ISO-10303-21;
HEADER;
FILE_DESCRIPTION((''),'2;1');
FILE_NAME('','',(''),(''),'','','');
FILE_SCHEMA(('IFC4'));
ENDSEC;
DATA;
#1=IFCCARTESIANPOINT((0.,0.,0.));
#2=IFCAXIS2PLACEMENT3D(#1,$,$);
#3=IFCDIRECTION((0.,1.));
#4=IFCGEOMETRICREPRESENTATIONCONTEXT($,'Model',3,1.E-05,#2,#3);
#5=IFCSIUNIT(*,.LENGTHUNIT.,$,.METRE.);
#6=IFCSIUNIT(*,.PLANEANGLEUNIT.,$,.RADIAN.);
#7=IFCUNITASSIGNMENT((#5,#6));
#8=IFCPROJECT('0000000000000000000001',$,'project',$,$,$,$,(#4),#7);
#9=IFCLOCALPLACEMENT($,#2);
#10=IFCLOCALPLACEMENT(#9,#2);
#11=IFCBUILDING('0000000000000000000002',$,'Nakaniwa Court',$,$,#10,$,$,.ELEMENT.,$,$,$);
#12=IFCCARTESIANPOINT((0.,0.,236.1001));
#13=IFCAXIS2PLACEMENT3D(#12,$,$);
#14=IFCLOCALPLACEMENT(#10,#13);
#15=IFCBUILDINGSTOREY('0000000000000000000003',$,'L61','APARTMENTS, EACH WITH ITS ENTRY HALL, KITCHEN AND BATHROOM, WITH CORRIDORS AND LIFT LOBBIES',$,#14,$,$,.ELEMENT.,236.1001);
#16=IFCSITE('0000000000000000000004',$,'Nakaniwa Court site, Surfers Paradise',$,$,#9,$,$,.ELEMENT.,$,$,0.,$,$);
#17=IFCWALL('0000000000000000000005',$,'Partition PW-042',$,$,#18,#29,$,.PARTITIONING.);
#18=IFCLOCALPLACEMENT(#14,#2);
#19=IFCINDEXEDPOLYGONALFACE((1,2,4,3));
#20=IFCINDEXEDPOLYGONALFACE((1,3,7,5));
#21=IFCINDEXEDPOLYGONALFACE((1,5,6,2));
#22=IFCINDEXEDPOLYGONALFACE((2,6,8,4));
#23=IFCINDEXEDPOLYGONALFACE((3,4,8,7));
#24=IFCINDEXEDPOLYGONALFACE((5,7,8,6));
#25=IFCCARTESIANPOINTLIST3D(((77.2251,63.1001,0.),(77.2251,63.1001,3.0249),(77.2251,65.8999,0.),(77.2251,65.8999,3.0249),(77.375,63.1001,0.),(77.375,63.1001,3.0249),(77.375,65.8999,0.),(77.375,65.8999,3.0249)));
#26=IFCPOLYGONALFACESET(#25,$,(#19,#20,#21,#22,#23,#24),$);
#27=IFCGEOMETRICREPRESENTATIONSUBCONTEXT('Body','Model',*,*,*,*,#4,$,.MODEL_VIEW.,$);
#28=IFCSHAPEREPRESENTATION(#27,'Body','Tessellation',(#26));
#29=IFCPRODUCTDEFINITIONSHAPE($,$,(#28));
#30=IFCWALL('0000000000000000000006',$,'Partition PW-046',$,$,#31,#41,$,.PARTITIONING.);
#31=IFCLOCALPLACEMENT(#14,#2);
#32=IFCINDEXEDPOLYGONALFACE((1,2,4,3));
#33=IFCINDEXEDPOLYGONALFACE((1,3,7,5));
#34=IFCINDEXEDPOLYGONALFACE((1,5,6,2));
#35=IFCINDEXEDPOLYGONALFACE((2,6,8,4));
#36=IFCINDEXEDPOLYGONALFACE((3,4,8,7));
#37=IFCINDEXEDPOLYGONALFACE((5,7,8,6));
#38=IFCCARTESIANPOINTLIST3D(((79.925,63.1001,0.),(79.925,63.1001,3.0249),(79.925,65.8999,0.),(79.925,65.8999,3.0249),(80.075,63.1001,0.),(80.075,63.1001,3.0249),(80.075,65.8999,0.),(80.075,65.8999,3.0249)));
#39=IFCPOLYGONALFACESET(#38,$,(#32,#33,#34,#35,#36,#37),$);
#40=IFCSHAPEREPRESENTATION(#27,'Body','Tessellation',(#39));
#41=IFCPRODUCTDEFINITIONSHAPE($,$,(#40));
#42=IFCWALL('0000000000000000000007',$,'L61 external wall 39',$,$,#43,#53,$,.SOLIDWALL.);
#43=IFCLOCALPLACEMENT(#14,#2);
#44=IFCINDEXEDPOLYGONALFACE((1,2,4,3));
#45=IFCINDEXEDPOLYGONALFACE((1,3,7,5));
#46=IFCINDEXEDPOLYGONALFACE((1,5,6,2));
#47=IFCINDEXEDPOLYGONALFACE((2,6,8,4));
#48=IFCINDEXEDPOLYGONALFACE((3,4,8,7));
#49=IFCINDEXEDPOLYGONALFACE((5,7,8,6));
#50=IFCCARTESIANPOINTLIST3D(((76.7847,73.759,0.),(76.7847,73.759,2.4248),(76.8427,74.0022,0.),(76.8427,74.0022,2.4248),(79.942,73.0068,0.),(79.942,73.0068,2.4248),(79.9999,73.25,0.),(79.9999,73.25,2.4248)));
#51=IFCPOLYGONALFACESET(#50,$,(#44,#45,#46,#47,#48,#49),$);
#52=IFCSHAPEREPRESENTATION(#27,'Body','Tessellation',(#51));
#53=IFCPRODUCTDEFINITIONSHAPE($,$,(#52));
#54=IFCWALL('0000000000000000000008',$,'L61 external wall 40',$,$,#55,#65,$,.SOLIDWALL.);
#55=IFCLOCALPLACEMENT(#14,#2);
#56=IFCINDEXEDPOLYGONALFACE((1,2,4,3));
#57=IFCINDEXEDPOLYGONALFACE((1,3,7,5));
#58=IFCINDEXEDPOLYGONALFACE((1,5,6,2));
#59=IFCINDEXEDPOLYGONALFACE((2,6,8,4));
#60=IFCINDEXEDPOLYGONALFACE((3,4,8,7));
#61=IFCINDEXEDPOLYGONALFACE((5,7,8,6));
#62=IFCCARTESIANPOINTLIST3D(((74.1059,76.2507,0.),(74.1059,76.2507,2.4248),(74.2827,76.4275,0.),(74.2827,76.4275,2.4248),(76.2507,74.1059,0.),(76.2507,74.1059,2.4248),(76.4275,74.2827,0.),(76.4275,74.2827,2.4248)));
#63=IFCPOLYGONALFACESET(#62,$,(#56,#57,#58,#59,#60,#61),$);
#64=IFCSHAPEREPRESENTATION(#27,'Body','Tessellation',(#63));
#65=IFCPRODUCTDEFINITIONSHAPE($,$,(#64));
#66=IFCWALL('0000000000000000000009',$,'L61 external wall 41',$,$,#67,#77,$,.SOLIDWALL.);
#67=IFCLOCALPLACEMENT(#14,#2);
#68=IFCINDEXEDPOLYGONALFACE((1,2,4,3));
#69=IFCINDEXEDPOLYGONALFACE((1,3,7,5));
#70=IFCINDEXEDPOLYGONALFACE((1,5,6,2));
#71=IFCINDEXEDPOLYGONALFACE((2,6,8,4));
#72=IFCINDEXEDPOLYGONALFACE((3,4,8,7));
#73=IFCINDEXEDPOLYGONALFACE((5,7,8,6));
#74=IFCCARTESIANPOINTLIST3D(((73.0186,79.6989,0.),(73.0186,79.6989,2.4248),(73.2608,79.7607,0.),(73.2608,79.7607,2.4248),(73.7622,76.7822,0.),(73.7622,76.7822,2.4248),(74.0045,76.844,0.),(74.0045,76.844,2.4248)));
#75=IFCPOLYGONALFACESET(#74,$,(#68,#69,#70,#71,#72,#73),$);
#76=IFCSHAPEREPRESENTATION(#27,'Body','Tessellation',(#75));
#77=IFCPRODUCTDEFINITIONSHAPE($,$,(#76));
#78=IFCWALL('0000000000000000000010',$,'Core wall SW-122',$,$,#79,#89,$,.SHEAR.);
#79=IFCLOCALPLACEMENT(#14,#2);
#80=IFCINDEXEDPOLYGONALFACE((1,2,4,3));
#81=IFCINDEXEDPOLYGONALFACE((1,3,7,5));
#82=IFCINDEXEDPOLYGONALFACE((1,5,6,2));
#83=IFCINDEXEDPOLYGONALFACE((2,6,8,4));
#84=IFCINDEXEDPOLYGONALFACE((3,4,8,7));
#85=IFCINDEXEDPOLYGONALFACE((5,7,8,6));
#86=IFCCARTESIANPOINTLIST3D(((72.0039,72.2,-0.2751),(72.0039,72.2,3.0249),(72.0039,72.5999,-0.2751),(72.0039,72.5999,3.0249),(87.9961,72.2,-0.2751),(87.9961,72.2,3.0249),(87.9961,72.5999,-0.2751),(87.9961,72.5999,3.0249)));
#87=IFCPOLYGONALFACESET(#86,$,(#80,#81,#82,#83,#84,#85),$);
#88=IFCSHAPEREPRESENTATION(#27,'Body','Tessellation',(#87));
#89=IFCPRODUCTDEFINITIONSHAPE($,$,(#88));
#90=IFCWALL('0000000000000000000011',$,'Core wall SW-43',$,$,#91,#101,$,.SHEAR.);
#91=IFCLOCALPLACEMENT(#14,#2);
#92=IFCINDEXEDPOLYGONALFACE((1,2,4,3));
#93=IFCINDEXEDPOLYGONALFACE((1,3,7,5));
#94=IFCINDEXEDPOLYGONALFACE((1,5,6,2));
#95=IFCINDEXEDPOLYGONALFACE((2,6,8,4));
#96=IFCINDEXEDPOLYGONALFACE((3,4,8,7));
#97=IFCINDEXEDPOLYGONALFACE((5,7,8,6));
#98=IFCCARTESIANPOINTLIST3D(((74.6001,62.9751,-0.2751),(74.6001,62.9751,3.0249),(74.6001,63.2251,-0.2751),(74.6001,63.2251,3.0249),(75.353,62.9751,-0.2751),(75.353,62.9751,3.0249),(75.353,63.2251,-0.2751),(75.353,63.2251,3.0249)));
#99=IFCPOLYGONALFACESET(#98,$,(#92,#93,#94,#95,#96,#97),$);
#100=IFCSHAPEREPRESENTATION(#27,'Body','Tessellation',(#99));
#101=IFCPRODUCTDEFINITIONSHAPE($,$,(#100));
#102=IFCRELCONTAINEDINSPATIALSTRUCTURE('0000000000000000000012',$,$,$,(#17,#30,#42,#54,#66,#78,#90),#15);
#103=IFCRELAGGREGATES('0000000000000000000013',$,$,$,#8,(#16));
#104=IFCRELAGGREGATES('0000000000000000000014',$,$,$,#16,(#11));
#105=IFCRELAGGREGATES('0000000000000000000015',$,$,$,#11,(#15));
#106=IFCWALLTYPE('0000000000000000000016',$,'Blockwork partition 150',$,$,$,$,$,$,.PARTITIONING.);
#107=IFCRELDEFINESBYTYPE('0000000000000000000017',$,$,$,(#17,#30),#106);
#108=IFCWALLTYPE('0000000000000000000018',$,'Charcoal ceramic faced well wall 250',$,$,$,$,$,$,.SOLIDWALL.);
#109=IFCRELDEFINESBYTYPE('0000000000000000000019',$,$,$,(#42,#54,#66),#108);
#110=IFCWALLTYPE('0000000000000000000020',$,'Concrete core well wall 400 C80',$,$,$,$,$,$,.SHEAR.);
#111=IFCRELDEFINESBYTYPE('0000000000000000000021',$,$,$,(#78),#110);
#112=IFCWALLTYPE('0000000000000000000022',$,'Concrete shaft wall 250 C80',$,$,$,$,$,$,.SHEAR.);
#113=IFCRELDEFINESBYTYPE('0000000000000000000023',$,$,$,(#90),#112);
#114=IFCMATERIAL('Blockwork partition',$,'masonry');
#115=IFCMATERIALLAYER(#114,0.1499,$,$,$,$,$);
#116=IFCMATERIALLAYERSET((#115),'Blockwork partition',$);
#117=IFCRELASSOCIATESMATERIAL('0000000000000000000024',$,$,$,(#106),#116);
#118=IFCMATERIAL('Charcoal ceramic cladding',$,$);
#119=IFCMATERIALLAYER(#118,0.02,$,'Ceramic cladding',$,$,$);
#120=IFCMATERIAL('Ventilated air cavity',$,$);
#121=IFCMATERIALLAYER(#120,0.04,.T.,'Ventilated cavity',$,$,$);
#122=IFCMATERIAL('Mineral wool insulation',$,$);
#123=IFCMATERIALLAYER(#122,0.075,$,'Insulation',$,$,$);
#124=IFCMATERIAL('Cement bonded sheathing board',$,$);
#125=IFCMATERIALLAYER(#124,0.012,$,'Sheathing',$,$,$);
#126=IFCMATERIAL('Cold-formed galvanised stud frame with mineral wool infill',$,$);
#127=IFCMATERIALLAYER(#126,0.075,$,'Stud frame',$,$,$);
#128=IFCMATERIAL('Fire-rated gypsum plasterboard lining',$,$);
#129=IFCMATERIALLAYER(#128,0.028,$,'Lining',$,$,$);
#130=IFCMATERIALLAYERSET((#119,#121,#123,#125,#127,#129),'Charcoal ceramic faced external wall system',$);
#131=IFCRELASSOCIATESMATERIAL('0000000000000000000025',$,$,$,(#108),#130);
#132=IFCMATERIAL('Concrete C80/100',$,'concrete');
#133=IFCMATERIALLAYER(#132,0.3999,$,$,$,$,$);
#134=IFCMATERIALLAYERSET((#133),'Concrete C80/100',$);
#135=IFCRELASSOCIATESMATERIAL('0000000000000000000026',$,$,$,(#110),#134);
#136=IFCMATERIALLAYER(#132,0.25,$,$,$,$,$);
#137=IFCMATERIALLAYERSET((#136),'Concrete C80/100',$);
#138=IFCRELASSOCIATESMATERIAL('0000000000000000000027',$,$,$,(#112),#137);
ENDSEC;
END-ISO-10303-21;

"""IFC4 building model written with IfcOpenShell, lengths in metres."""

from ifc_helpers import new_model, si_unit, direction, frame, frame_2d, origin, place, context, subcontext, project, spatial, rectangle, extrude, material, layer, layer_set, type_object, element, save


model = new_model("IFC4")

# Units and contexts
model_context = context("Model", 3, precision=1e-05, world=origin(), true_north=direction((0.0, 1.0)))
body_context = subcontext(model_context, "Body", "Model", "MODEL_VIEW")
ifc_project = project(units=[si_unit("LENGTHUNIT", "METRE"), si_unit("PLANEANGLEUNIT", "RADIAN")], contexts=[model_context])

# Site, building, storey
site_placement = place(None, origin())
site = spatial("IfcSite", under=ifc_project, at=site_placement, Name="Nakaniwa Court site, Surfers Paradise", CompositionType="ELEMENT", RefElevation=0.0)
building_placement = place(site_placement, origin())
building = spatial("IfcBuilding", under=site, at=building_placement, Name="Nakaniwa Court", CompositionType="ELEMENT")
storey_placement = place(building_placement, frame((0.0, 0.0, 236.1001)))
storey = spatial("IfcBuildingStorey", under=building, at=storey_placement, Name="L61", Description="APARTMENTS, EACH WITH ITS ENTRY HALL, KITCHEN AND BATHROOM, WITH CORRIDORS AND LIFT LOBBIES", CompositionType="ELEMENT", Elevation=236.1001)

# Shared definitions
ifc_material_1 = material(Name="Concrete C80/100", Category="concrete")

# Shared definitions
ifc_material_2 = material(Name="Blockwork partition", Category="masonry")
ifc_layer_1 = layer(ifc_material_2, 0.1499)
ifc_layer_set_1 = layer_set([ifc_layer_1], Name="Blockwork partition")
wall_type_1 = type_object("IfcWallType", Name="Blockwork partition 150", PredefinedType="PARTITIONING", material=ifc_layer_set_1)

# Walls
for number, where, z_axis, x_axis, name in (
    (1, (77.3, 63.1001, 0.0), (0.0, 0.0, 1.0), (0.0, 1.0, 0.0), "Partition PW-042"),
    (2, (80.0, 63.1001, 0.0), (0.0, 0.0, 1.0), (0.0, 1.0, 0.0), "Partition PW-046"),
):
    element("IfcWall", number, at=place(storey_placement, frame(where, z_axis=z_axis, x_axis=x_axis)), inside=storey, type_object=wall_type_1, Name=name, PredefinedType="PARTITIONING", context=body_context, shape_type="SweptSolid", body=[
        extrude(rectangle(XDim=2.7998, YDim=0.1499, at=frame_2d((1.3999, 0.0))), origin(), (0.0, 0.0, 1.0), 3.0249),
    ])
ifc_material_3 = material(Name="Charcoal ceramic cladding")
ifc_layer_2 = layer(ifc_material_3, 0.02, Name="Ceramic cladding")
ifc_material_4 = material(Name="Ventilated air cavity")
ifc_layer_3 = layer(ifc_material_4, 0.04, ventilated=True, Name="Ventilated cavity")
ifc_material_5 = material(Name="Mineral wool insulation")
ifc_layer_4 = layer(ifc_material_5, 0.075, Name="Insulation")
ifc_material_6 = material(Name="Cement bonded sheathing board")
ifc_layer_5 = layer(ifc_material_6, 0.012, Name="Sheathing")
ifc_material_7 = material(Name="Cold-formed galvanised stud frame with mineral wool infill")
ifc_layer_6 = layer(ifc_material_7, 0.075, Name="Stud frame")
ifc_material_8 = material(Name="Fire-rated gypsum plasterboard lining")
ifc_layer_7 = layer(ifc_material_8, 0.028, Name="Lining")
ifc_layer_set_2 = layer_set([ifc_layer_2, ifc_layer_3, ifc_layer_4, ifc_layer_5, ifc_layer_6, ifc_layer_7], Name="Charcoal ceramic faced external wall system")
wall_type_2 = type_object("IfcWallType", Name="Charcoal ceramic faced well wall 250", PredefinedType="SOLIDWALL", material=ifc_layer_set_2)
wall_1_placement = place(storey_placement, frame((79.9709, 73.1284, 0.0), z_axis=(0.0, 0.0, 1.0), x_axis=(-0.972773, 0.23176, 0.0)))
element("IfcWall", 3, at=wall_1_placement, inside=storey, type_object=wall_type_2, Name="L61 external wall 39", PredefinedType="SOLIDWALL", context=body_context, shape_type="SweptSolid", body=[
    extrude(rectangle(XDim=3.2456, YDim=0.25, at=frame_2d((1.6228, 0.0))), origin(), (0.0, 0.0, 1.0), 2.4248),
])
wall_2_placement = place(storey_placement, frame((76.3391, 74.1943, 0.0), z_axis=(0.0, 0.0, 1.0), x_axis=(-0.707107, 0.707107, 0.0)))
element("IfcWall", 4, at=wall_2_placement, inside=storey, type_object=wall_type_2, Name="L61 external wall 40", PredefinedType="SOLIDWALL", context=body_context, shape_type="SweptSolid", body=[
    extrude(rectangle(XDim=3.0332, YDim=0.25, at=frame_2d((1.5166, 0.0))), origin(), (0.0, 0.0, 1.0), 2.4248),
])
wall_3_placement = place(storey_placement, frame((73.8833, 76.8132, 0.0), z_axis=(0.0, 0.0, 1.0), x_axis=(-0.247056, 0.969001, 0.0)))
element("IfcWall", 5, at=wall_3_placement, inside=storey, type_object=wall_type_2, Name="L61 external wall 41", PredefinedType="SOLIDWALL", context=body_context, shape_type="SweptSolid", body=[
    extrude(rectangle(XDim=3.01, YDim=0.25, at=frame_2d((1.5049, 0.0))), origin(), (0.0, 0.0, 1.0), 2.4248),
])
ifc_layer_8 = layer(ifc_material_1, 0.3999)
ifc_layer_set_3 = layer_set([ifc_layer_8], Name="Concrete C80/100")
wall_type_3 = type_object("IfcWallType", Name="Concrete core well wall 400 C80", PredefinedType="SHEAR", material=ifc_layer_set_3)
wall_4_placement = place(storey_placement, frame((72.0039, 72.3999, -0.2751), z_axis=(0.0, 0.0, 1.0), x_axis=(1.0, 0.0, 0.0)))
element("IfcWall", 6, at=wall_4_placement, inside=storey, type_object=wall_type_3, Name="Core wall SW-122", PredefinedType="SHEAR", context=body_context, shape_type="SweptSolid", body=[
    extrude(rectangle(XDim=15.9922, YDim=0.3999, at=frame_2d((7.9961, 0.0))), origin(), (0.0, 0.0, 1.0), 3.3),
])
ifc_layer_9 = layer(ifc_material_1, 0.25)
ifc_layer_set_4 = layer_set([ifc_layer_9], Name="Concrete C80/100")
wall_type_4 = type_object("IfcWallType", Name="Concrete shaft wall 250 C80", PredefinedType="SHEAR", material=ifc_layer_set_4)
wall_5_placement = place(storey_placement, frame((74.6001, 63.1001, -0.2751), z_axis=(0.0, 0.0, 1.0), x_axis=(1.0, 0.0, 0.0)))
element("IfcWall", 7, at=wall_5_placement, inside=storey, type_object=wall_type_4, Name="Core wall SW-43", PredefinedType="SHEAR", context=body_context, shape_type="SweptSolid", body=[
    extrude(rectangle(XDim=0.7529, YDim=0.25, at=frame_2d((0.3765, 0.0))), origin(), (0.0, 0.0, 1.0), 3.3),
])

save(model, "model.ifc")
